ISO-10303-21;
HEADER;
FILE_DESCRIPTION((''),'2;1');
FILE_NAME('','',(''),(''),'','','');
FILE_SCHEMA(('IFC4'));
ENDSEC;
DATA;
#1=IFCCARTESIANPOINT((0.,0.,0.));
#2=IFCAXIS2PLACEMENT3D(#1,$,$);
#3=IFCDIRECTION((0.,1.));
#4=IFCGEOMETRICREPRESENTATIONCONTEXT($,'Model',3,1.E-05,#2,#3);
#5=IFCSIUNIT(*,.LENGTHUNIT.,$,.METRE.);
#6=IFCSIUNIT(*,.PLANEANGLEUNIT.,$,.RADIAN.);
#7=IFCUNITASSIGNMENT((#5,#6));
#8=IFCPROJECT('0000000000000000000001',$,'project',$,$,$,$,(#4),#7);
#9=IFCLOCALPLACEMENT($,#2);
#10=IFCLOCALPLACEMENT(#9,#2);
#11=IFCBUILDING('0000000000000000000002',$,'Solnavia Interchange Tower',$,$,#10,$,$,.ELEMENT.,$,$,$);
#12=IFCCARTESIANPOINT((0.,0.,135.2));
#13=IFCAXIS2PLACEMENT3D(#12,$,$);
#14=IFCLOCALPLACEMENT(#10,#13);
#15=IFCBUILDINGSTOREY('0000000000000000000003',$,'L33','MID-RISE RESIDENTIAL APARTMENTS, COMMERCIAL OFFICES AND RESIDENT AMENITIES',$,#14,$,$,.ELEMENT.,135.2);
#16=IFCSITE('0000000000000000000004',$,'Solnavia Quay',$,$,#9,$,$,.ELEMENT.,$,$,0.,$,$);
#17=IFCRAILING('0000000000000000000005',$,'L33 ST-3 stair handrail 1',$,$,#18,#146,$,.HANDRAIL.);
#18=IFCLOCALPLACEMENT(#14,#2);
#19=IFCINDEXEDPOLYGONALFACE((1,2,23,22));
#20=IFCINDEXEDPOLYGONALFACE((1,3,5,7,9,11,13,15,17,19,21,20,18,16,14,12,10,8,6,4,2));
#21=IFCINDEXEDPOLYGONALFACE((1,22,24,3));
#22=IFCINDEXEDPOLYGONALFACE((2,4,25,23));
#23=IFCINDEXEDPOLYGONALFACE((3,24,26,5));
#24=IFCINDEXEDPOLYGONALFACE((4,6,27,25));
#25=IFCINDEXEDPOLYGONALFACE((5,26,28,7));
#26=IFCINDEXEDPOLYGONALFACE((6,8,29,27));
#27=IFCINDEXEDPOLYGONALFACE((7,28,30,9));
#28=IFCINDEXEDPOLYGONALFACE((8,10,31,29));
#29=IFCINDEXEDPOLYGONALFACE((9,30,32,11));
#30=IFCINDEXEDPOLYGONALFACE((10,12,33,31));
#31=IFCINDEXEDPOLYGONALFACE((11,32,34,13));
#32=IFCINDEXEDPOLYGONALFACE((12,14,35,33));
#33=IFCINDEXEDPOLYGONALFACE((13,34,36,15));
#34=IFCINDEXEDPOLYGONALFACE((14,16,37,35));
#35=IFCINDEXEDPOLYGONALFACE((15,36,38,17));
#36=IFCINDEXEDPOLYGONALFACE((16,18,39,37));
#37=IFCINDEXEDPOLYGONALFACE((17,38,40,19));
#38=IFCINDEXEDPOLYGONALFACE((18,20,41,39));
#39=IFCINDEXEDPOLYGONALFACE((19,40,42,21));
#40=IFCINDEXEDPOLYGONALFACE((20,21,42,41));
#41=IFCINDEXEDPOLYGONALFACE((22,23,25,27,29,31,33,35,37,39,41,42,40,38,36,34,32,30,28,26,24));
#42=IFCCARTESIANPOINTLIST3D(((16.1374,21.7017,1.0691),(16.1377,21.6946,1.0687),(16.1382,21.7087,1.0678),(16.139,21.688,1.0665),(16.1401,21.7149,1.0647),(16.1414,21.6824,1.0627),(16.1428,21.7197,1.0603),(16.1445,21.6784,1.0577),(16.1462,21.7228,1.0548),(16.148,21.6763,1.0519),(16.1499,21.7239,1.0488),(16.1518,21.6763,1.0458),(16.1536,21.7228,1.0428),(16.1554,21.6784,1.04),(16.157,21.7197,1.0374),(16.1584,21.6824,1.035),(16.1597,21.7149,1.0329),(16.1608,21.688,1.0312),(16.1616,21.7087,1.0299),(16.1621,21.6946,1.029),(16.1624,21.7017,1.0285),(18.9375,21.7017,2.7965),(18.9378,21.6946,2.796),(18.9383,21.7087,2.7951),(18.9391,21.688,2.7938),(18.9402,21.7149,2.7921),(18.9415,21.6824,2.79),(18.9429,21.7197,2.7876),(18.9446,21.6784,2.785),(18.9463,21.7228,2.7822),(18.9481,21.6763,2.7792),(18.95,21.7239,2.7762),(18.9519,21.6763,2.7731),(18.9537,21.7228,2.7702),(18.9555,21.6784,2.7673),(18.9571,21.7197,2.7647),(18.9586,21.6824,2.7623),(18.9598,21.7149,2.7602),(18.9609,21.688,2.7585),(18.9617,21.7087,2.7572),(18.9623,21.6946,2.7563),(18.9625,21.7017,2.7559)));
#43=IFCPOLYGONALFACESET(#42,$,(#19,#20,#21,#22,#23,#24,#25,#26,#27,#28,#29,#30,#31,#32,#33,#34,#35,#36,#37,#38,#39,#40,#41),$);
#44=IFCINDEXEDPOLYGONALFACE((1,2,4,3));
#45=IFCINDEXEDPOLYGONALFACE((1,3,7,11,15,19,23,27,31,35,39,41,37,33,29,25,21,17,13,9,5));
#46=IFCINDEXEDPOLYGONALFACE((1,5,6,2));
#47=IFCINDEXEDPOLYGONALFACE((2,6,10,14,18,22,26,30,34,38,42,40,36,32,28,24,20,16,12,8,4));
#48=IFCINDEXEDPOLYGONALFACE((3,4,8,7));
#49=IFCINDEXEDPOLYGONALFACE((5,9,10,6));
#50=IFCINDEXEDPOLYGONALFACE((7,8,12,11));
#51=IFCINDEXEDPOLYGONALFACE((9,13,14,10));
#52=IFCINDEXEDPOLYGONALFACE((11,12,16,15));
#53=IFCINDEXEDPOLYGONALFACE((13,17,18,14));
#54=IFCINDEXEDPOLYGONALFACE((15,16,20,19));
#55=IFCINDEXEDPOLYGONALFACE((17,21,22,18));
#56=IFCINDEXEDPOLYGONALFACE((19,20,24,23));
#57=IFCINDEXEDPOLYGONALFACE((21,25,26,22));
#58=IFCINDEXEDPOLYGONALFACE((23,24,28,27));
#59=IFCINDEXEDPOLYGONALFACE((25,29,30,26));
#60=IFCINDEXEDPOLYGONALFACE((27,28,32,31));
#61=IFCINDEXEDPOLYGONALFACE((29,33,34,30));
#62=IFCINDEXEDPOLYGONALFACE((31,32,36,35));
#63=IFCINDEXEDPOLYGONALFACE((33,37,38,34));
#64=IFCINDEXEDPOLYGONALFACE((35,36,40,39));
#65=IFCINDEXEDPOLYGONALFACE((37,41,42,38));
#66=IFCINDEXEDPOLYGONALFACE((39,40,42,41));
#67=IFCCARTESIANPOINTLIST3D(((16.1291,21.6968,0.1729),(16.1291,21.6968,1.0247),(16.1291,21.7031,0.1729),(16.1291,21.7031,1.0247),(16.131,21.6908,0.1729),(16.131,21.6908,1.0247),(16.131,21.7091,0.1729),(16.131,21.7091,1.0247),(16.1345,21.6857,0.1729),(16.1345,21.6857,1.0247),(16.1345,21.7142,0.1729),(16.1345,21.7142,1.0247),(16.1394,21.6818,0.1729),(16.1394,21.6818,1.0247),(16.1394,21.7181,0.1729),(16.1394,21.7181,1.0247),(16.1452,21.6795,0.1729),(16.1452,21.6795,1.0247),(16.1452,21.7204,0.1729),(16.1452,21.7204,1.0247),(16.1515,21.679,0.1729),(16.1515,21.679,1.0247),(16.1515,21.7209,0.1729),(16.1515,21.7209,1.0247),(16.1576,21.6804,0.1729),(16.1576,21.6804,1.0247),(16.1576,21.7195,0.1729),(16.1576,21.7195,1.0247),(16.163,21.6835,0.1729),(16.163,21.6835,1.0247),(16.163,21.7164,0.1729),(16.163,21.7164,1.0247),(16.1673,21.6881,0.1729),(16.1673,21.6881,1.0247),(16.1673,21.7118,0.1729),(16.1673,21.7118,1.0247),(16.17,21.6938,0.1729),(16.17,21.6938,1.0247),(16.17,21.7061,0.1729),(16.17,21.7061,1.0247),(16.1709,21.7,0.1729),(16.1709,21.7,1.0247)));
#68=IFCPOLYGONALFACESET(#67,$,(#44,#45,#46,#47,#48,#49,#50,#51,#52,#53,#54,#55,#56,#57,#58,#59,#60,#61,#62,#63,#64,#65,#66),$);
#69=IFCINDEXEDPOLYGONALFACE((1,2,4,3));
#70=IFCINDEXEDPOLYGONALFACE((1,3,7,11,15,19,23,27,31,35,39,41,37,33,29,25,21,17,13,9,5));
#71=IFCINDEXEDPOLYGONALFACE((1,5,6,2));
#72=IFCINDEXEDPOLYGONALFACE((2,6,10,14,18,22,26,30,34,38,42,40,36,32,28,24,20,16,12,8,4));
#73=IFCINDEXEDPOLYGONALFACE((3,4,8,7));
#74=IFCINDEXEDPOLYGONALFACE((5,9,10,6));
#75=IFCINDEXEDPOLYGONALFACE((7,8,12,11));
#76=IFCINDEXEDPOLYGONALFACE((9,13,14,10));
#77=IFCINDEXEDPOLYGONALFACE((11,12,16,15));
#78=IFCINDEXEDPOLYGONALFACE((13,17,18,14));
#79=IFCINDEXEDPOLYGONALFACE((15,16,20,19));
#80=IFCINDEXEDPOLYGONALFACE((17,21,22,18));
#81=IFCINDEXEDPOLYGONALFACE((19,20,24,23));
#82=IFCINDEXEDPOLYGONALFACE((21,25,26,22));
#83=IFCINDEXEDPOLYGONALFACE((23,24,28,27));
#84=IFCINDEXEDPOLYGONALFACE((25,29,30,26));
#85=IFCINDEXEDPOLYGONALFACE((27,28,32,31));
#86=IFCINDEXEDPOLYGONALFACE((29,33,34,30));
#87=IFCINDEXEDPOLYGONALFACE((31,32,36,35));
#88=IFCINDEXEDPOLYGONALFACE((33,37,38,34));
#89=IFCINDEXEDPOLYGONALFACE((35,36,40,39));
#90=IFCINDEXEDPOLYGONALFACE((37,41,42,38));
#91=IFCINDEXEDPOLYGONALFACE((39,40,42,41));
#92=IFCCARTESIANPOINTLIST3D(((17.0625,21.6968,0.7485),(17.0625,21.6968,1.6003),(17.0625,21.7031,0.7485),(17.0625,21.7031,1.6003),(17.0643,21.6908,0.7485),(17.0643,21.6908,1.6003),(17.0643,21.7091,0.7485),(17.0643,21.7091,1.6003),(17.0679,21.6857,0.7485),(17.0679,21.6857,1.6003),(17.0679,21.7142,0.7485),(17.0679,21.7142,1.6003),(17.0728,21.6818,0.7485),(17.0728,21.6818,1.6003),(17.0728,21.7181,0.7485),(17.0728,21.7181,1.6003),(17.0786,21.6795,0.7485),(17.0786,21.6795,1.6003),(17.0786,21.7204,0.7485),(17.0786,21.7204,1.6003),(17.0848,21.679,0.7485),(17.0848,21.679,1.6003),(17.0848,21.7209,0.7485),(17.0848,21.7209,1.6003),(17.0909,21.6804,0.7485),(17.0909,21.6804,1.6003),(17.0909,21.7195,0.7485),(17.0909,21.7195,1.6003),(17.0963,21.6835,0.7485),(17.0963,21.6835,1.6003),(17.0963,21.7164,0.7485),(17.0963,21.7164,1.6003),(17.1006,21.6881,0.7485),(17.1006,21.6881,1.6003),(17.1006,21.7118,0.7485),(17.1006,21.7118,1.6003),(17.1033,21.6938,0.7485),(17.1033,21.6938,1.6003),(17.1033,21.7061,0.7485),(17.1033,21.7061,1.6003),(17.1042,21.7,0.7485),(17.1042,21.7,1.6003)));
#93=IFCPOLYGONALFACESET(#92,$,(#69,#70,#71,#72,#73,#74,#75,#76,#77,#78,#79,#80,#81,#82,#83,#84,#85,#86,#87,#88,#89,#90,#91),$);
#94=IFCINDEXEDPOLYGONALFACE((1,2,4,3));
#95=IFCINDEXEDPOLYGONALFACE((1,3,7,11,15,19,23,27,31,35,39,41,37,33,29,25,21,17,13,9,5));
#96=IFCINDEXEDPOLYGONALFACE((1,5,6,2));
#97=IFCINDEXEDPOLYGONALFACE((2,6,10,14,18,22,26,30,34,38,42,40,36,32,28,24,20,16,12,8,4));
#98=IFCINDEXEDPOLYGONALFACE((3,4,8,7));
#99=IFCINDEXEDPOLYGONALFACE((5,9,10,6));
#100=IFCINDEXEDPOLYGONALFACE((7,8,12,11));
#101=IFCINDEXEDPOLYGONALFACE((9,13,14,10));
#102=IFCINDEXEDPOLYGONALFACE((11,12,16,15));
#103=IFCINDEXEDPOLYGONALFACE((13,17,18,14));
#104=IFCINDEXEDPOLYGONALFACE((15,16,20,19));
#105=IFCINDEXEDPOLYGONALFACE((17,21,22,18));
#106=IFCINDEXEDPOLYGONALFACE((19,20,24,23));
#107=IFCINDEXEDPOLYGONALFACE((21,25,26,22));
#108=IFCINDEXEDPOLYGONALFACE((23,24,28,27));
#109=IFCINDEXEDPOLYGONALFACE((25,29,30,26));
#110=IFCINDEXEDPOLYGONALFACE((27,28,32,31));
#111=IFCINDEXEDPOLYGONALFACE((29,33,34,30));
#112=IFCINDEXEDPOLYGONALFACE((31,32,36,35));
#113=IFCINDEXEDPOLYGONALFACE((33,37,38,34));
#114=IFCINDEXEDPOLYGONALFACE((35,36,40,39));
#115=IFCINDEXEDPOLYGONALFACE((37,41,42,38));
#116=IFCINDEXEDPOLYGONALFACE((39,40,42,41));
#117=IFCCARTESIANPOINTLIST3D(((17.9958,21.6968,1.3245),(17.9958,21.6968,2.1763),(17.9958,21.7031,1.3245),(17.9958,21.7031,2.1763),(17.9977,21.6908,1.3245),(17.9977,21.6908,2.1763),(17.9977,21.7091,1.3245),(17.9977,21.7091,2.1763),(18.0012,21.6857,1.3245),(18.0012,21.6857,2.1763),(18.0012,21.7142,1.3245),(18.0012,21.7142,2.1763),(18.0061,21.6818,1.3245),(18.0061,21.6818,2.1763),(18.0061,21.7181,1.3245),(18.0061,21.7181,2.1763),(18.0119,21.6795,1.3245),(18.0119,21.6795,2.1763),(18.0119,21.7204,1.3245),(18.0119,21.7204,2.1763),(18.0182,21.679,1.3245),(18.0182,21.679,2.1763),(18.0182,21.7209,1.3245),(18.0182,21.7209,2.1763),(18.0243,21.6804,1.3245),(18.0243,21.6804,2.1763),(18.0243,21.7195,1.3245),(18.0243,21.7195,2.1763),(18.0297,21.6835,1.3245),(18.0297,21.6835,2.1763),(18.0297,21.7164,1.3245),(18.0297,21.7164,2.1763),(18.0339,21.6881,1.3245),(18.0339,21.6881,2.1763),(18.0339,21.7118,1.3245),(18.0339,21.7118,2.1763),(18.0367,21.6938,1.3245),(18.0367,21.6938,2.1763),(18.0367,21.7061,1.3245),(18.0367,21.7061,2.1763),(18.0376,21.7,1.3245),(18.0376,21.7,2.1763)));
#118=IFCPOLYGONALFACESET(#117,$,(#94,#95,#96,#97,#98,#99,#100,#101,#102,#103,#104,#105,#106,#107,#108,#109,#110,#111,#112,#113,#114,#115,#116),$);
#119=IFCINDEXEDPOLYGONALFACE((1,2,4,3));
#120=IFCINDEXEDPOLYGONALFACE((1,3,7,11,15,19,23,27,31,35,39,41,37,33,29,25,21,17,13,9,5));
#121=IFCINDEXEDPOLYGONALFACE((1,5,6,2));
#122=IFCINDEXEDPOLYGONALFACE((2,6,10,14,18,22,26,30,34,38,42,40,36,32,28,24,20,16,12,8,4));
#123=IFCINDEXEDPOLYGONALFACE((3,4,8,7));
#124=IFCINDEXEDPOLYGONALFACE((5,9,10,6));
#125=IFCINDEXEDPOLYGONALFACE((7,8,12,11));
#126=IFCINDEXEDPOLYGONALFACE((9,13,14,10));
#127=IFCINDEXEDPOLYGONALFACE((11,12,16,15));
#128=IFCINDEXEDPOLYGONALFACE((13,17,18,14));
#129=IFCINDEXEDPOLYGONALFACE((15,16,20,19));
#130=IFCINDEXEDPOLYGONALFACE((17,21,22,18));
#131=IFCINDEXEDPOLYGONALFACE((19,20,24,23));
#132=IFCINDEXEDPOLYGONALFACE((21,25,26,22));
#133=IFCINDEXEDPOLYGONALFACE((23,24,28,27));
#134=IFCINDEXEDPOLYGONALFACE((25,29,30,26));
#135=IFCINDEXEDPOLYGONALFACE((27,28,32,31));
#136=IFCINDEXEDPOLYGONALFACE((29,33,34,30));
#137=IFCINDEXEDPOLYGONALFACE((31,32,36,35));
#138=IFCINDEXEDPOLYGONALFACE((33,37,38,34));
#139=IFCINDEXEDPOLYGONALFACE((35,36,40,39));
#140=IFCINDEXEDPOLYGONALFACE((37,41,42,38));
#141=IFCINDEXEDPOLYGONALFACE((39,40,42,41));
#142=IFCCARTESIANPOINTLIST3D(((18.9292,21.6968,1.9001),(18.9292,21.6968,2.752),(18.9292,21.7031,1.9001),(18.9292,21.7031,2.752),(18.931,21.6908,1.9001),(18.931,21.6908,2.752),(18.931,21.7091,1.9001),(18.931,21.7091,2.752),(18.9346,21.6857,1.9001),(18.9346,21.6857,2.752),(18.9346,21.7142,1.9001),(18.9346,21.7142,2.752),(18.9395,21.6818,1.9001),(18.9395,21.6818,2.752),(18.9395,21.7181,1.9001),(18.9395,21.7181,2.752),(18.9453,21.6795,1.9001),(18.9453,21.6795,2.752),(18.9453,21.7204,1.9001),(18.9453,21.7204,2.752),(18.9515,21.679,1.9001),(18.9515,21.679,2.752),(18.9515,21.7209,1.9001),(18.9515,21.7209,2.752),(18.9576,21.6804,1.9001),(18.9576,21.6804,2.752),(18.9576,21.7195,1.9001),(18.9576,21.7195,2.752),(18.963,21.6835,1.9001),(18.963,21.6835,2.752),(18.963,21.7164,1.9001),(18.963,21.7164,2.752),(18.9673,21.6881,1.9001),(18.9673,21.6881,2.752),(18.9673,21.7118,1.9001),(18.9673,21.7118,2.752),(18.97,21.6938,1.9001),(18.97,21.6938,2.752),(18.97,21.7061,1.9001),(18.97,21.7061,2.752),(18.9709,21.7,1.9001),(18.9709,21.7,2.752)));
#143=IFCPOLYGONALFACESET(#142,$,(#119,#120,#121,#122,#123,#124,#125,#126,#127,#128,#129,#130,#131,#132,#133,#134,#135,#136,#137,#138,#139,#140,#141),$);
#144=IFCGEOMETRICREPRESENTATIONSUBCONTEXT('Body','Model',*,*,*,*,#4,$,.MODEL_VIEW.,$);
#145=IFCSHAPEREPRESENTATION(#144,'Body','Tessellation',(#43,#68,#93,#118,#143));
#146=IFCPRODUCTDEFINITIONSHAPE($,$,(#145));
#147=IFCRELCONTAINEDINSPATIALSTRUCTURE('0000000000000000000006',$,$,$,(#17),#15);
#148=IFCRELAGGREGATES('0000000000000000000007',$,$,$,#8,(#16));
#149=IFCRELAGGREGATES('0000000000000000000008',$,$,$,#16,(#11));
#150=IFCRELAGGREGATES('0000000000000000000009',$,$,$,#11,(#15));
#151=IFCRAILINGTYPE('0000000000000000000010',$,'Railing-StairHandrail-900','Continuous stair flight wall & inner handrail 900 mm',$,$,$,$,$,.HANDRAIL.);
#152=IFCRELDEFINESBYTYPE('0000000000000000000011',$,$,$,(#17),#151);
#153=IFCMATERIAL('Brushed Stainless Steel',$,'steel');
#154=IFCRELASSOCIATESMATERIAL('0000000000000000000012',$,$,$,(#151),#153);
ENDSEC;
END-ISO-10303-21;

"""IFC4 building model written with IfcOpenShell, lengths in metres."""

from ifc_helpers import new_model, si_unit, direction, frame, origin, origin_2d, place, context, subcontext, project, spatial, circle, extrude, material, type_object, element, save


model = new_model("IFC4")

# Units and contexts
model_context = context("Model", 3, precision=1e-05, world=origin(), true_north=direction((0.0, 1.0)))
body_context = subcontext(model_context, "Body", "Model", "MODEL_VIEW")
ifc_project = project(units=[si_unit("LENGTHUNIT", "METRE"), si_unit("PLANEANGLEUNIT", "RADIAN")], contexts=[model_context])

# Site, building, storey
site_placement = place(None, origin())
site = spatial("IfcSite", under=ifc_project, at=site_placement, Name="Solnavia Quay", CompositionType="ELEMENT", RefElevation=0.0)
building_placement = place(site_placement, origin())
building = spatial("IfcBuilding", under=site, at=building_placement, Name="Solnavia Interchange Tower", CompositionType="ELEMENT")
storey_placement = place(building_placement, frame((0.0, 0.0, 135.2)))
storey = spatial("IfcBuildingStorey", under=building, at=storey_placement, Name="L33", Description="MID-RISE RESIDENTIAL APARTMENTS, COMMERCIAL OFFICES AND RESIDENT AMENITIES", CompositionType="ELEMENT", Elevation=135.2)

# Railing
ifc_material_1 = material(Name="Brushed Stainless Steel", Category="steel")
railing_type_1 = type_object("IfcRailingType", Name="Railing-StairHandrail-900", Description="Continuous stair flight wall & inner handrail 900 mm", PredefinedType="HANDRAIL", material=ifc_material_1)
railing_1_placement = place(storey_placement, frame((16.1499, 21.7, 0.1729)))
element("IfcRailing", 1, at=railing_1_placement, inside=storey, type_object=railing_type_1, Name="L33 ST-3 stair handrail 1", PredefinedType="HANDRAIL", context=body_context, shape_type="SweptSolid", body=[
    extrude(circle(Radius=0.0239, at=origin_2d()), frame((0.0, 0.0, 0.876), z_axis=(0.85109, 0.0, 0.52502), x_axis=(0.0, 1.0, 0.0)), (0.0, 0.0, 1.0), 3.29),
    extrude(circle(Radius=0.021, at=origin_2d()), origin(), (0.0, 0.0, 1.0), 0.8518),
    extrude(circle(Radius=0.021, at=origin_2d()), frame((0.9333, 0.0, 0.5757)), (0.0, 0.0, 1.0), 0.8518),
    extrude(circle(Radius=0.021, at=origin_2d()), frame((1.8667, 0.0, 1.1516)), (0.0, 0.0, 1.0), 0.8518),
    extrude(circle(Radius=0.021, at=origin_2d()), frame((2.8, 0.0, 1.7273)), (0.0, 0.0, 1.0), 0.8518),
])

save(model, "model.ifc")
